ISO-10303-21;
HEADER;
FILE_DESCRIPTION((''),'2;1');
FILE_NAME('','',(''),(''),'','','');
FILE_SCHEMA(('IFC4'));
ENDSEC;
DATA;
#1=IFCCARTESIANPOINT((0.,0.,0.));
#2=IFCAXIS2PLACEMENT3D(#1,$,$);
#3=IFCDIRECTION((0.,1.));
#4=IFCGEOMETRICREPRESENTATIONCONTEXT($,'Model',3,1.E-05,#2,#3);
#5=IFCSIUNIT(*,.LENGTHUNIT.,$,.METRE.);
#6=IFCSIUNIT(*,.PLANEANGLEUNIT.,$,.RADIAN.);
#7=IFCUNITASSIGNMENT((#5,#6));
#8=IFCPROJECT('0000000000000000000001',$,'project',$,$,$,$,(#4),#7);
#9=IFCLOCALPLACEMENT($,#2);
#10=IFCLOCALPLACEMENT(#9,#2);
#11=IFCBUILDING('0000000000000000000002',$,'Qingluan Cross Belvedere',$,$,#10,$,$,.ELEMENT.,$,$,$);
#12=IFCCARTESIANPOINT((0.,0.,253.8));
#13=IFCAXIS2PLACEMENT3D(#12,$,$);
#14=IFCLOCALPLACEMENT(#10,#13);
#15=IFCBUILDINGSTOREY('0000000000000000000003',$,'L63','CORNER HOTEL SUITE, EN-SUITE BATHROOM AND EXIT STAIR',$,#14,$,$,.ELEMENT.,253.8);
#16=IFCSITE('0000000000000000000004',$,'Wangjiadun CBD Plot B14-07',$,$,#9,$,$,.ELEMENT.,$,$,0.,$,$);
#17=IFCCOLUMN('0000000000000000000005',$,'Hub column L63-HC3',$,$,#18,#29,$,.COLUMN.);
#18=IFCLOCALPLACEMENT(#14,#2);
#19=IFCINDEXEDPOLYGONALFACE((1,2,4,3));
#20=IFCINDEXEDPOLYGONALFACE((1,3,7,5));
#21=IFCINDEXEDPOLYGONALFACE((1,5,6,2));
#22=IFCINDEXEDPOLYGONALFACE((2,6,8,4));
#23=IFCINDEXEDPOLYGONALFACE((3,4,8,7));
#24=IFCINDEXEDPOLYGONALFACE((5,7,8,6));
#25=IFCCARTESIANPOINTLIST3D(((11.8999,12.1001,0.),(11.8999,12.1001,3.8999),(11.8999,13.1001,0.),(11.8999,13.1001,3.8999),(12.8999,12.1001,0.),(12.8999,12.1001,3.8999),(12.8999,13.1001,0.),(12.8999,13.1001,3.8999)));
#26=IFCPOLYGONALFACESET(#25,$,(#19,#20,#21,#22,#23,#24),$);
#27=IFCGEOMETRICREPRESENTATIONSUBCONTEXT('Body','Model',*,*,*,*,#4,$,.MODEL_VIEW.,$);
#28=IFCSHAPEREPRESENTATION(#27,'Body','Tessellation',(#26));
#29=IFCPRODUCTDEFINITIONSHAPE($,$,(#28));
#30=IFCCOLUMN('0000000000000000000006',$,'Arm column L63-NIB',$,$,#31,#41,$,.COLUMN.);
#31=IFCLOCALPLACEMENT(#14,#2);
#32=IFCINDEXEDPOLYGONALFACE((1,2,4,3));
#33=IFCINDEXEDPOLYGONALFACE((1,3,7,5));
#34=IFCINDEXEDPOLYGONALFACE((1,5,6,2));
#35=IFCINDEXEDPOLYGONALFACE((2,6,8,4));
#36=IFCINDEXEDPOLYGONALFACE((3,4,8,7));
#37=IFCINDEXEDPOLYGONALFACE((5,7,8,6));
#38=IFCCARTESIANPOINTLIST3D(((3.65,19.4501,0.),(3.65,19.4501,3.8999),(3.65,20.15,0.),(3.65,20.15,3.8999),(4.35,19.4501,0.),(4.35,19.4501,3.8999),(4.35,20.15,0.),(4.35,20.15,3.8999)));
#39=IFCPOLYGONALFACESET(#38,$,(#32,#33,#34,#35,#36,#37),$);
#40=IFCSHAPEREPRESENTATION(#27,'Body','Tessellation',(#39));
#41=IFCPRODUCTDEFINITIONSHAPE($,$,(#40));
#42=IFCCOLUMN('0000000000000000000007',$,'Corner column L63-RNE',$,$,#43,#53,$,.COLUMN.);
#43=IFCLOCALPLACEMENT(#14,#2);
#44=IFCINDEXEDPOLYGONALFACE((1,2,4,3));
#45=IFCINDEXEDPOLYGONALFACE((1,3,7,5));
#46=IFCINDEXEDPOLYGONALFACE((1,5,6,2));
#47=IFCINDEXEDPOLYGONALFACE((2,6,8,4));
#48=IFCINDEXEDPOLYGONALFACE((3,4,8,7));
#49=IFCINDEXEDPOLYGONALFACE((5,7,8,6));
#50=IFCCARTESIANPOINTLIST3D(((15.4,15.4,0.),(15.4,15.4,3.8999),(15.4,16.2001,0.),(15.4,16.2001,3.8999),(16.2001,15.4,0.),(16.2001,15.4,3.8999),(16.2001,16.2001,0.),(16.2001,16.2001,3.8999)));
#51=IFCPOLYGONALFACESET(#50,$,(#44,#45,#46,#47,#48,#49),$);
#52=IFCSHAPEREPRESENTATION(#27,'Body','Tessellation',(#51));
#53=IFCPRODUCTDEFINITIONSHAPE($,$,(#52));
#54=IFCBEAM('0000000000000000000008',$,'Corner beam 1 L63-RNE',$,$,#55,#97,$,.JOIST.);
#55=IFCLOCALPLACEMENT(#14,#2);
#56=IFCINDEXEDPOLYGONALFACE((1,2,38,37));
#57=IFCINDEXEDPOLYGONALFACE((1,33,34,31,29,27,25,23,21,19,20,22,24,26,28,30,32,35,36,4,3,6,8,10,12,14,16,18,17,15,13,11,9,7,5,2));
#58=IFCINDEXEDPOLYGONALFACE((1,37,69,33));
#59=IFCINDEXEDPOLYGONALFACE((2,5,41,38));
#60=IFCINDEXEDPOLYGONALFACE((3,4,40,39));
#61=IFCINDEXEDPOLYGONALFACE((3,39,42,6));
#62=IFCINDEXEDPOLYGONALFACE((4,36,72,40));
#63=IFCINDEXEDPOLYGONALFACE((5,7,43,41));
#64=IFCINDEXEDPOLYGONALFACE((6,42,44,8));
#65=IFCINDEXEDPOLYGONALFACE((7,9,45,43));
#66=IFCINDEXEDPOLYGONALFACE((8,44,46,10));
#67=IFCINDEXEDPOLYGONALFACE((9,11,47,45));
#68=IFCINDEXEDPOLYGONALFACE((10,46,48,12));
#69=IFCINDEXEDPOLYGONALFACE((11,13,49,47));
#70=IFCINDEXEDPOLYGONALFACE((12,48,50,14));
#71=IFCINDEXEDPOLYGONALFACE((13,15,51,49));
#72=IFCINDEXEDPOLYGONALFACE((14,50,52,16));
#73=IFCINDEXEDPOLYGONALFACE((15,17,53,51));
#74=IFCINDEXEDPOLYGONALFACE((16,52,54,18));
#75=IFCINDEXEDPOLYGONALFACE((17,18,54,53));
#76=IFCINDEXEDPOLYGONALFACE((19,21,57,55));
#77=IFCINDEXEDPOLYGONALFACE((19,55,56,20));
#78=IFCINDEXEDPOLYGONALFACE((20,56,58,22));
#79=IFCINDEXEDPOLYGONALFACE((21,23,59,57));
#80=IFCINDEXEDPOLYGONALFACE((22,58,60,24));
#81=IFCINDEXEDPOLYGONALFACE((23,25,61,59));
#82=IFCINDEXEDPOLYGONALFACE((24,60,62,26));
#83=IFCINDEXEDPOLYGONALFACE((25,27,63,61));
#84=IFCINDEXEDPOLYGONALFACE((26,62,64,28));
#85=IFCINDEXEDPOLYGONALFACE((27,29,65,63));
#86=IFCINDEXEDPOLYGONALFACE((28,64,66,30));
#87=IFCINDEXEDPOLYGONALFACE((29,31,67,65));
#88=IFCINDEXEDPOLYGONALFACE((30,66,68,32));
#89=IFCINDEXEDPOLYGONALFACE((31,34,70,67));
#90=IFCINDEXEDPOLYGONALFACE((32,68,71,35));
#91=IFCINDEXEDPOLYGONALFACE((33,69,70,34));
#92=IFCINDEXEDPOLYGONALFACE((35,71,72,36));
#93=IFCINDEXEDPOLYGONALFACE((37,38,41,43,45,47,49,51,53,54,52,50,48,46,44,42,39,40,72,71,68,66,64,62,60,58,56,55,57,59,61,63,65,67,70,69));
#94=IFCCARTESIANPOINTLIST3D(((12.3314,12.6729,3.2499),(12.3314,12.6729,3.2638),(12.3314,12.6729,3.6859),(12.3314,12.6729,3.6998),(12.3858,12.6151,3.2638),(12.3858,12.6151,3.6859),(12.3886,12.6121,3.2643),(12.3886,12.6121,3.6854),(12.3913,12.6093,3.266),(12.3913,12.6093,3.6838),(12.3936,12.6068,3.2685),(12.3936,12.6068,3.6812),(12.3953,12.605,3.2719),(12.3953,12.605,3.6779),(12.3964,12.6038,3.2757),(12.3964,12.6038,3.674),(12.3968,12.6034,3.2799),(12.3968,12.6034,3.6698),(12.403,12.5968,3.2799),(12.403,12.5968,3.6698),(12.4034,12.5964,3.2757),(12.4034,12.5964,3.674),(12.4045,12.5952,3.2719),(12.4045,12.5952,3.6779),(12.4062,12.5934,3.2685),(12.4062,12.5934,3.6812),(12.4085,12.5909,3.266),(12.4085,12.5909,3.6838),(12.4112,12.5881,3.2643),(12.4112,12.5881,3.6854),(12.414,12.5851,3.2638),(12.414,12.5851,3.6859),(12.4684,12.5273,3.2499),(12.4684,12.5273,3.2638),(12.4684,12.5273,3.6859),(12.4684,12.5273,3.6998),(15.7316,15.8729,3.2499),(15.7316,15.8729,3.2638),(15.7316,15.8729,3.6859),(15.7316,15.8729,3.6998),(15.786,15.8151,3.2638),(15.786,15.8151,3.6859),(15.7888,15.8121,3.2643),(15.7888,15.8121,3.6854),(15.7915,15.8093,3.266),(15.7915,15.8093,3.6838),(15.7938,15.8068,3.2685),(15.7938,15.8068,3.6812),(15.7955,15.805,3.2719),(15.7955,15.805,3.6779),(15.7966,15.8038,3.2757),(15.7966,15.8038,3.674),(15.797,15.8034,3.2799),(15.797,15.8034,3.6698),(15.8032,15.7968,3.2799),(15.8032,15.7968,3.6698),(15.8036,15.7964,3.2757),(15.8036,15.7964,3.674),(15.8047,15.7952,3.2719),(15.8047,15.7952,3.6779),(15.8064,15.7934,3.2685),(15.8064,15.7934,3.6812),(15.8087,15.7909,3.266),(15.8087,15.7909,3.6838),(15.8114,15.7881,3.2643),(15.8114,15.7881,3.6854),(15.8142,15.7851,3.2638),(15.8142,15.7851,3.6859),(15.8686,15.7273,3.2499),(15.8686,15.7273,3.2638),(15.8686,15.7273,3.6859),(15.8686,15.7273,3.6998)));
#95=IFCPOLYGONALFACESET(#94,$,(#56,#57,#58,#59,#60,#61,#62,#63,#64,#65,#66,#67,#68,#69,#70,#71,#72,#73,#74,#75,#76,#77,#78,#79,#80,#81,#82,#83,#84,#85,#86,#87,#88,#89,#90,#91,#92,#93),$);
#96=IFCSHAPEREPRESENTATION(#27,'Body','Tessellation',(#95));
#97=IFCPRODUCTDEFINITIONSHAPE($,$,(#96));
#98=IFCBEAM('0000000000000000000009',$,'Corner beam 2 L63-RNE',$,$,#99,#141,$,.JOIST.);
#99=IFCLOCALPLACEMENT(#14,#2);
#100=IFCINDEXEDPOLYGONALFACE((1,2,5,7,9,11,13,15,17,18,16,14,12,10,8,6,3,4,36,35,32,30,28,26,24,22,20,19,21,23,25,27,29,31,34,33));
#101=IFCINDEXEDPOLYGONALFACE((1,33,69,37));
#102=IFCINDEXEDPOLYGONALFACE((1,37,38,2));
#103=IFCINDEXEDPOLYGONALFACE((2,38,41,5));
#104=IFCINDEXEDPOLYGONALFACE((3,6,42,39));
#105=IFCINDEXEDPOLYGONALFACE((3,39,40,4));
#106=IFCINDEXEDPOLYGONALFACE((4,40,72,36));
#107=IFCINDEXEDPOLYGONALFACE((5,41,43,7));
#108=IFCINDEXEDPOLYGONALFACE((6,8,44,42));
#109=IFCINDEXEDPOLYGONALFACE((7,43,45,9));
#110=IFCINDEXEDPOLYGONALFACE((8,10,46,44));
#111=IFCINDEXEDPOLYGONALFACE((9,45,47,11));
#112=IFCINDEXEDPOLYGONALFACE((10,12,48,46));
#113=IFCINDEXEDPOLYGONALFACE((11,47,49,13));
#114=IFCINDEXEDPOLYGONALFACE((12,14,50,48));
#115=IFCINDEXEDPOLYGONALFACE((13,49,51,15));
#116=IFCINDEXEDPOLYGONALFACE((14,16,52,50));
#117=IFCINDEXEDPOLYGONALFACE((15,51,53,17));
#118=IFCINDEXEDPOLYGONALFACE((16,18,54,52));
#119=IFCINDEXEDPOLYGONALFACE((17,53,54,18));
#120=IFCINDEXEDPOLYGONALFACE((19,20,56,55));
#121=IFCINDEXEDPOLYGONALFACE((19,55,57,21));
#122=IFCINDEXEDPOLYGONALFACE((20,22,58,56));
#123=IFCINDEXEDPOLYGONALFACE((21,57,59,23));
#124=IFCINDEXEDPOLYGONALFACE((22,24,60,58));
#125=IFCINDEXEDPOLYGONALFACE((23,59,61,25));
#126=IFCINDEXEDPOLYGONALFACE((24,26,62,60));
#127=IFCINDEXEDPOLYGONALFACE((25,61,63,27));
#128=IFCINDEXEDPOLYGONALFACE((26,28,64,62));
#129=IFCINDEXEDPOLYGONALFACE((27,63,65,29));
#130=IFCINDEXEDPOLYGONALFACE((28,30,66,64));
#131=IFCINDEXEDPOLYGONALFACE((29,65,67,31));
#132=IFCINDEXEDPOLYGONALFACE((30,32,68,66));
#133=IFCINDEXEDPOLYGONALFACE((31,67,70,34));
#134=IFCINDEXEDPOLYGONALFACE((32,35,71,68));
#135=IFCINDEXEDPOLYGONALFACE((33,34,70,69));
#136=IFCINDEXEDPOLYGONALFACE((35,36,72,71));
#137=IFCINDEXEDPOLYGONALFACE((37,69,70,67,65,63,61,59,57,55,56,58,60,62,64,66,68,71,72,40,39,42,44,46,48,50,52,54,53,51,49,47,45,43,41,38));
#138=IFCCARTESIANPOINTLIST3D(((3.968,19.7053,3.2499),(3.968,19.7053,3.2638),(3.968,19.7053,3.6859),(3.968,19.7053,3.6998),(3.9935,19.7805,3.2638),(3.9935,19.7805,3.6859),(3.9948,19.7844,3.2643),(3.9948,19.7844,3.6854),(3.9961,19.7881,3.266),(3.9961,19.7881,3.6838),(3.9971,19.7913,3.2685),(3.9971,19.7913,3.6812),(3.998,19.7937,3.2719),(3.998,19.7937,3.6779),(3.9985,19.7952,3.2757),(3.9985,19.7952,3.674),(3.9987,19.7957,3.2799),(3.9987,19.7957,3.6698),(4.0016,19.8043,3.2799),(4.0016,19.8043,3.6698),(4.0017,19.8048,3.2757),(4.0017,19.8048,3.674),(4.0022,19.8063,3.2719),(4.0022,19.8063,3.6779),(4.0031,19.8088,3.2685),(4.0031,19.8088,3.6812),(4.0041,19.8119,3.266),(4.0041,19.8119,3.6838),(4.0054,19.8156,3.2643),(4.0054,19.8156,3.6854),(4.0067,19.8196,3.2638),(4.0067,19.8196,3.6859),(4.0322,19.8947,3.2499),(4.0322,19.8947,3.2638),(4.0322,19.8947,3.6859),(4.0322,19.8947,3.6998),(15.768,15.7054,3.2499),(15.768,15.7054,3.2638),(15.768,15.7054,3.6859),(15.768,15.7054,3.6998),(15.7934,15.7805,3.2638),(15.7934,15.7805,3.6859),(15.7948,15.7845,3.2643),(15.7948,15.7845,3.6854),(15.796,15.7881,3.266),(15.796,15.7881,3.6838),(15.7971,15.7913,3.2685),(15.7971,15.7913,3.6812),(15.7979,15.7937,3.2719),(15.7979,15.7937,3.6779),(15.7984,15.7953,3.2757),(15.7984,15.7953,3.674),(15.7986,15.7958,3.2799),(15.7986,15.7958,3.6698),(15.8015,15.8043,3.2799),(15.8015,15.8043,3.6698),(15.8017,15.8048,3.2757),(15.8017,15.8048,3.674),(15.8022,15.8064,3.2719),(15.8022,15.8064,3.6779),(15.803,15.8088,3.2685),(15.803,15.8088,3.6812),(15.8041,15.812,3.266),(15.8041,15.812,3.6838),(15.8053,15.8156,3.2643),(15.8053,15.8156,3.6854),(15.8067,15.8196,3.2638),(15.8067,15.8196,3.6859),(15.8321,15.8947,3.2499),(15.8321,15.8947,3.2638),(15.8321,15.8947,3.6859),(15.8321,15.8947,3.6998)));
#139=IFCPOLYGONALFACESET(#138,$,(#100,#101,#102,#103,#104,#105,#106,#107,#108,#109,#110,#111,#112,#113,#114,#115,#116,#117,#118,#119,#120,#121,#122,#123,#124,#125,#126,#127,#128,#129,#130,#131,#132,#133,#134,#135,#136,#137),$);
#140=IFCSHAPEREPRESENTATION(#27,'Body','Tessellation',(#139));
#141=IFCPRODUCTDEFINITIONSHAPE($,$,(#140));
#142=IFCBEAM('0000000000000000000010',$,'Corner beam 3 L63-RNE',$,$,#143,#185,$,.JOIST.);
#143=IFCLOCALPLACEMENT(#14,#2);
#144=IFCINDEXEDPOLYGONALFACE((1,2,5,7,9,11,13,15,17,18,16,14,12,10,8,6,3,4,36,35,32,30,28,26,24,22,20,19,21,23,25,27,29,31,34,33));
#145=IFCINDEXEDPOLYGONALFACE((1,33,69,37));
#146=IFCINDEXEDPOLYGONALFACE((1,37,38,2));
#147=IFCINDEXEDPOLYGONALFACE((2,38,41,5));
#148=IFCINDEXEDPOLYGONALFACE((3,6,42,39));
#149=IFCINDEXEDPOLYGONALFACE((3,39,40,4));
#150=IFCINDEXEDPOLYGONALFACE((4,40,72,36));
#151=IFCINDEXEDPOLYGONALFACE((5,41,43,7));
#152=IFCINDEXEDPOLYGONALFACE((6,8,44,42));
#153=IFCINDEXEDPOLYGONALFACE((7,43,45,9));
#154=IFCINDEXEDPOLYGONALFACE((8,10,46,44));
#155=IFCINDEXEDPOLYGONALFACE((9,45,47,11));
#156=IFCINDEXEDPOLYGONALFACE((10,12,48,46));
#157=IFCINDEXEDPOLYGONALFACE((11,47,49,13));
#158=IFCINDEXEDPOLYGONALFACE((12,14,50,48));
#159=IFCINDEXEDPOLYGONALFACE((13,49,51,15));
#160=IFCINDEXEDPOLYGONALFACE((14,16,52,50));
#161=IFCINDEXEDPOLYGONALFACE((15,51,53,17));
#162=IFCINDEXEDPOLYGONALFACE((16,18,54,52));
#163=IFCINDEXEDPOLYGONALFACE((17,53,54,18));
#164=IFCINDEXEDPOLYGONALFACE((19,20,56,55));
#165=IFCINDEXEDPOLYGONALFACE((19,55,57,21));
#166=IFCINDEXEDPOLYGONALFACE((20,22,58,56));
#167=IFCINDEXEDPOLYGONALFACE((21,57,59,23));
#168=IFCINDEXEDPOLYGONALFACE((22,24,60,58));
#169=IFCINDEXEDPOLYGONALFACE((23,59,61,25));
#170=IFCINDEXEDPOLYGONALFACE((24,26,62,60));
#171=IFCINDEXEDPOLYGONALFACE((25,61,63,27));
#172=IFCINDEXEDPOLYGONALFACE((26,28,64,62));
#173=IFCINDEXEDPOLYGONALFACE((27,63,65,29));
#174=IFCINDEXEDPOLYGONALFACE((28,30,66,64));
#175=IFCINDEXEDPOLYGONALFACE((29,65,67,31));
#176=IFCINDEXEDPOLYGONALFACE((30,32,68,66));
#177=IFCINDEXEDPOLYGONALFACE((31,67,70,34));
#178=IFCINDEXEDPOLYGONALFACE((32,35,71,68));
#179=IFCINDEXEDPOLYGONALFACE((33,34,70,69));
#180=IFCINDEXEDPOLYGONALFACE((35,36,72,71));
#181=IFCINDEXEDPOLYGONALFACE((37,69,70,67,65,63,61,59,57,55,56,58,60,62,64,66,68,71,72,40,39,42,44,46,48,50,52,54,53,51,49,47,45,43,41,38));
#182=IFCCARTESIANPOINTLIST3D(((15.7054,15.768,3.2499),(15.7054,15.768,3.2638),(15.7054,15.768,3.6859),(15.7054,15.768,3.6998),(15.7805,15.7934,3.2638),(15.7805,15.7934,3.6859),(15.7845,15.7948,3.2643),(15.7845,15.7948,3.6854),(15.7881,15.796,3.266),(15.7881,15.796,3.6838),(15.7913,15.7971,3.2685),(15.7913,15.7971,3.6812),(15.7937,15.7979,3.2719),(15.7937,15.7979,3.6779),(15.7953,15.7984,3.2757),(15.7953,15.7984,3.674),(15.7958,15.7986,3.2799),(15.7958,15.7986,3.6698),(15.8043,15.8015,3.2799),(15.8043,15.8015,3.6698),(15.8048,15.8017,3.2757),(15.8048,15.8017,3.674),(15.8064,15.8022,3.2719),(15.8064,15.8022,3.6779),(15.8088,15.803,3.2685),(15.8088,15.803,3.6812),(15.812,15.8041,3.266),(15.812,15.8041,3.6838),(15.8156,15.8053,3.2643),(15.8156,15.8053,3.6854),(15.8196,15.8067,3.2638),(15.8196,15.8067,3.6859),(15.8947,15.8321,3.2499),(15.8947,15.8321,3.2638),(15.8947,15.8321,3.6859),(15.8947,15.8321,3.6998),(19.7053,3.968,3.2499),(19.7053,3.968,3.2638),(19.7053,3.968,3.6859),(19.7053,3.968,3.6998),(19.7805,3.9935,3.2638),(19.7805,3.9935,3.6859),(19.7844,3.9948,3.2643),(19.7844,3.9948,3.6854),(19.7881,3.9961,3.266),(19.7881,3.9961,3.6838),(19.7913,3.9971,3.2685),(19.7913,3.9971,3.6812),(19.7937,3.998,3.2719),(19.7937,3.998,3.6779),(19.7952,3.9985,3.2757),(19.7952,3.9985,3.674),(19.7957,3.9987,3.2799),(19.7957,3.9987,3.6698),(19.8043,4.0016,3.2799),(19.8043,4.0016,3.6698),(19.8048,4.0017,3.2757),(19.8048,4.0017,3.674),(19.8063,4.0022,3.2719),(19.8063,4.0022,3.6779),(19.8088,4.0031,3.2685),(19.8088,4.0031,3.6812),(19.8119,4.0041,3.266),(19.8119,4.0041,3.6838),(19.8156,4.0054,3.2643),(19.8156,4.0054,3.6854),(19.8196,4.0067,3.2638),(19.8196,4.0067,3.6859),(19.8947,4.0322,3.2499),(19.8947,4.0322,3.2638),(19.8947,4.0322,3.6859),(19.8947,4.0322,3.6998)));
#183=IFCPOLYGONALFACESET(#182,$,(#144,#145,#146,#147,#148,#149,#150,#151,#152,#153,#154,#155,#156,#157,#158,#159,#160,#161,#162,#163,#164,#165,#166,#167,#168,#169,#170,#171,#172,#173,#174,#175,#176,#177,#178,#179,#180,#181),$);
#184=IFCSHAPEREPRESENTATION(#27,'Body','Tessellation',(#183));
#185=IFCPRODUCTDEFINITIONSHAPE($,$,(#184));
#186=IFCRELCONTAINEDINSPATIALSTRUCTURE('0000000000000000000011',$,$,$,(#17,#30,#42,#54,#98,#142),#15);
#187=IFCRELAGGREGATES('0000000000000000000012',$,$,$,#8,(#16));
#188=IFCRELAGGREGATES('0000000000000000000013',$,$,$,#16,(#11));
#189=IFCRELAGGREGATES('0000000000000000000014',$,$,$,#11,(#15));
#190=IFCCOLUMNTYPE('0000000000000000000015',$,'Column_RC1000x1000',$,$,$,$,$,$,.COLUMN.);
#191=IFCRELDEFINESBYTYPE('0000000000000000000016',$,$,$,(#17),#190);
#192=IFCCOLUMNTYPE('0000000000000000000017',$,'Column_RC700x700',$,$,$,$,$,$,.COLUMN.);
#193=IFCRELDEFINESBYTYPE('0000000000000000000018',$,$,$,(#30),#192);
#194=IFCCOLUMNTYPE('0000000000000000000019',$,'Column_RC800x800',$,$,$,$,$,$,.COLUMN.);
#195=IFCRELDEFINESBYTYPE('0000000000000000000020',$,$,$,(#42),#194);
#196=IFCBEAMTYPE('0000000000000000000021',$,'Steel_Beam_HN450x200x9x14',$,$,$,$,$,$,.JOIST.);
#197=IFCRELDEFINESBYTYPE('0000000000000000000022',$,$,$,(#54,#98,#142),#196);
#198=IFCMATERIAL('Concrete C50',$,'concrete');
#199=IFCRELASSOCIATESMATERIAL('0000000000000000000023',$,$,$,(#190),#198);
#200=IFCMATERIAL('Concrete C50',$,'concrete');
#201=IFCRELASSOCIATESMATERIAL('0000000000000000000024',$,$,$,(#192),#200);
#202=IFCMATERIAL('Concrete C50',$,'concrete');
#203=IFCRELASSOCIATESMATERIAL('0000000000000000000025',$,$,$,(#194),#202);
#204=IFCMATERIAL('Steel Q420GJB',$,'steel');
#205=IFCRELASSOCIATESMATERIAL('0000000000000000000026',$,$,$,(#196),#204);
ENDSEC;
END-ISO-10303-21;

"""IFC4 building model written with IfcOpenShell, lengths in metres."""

from ifc_helpers import new_model, si_unit, direction, frame, origin, origin_2d, place, context, subcontext, project, spatial, rectangle, i_section, extrude, material, material_profile, profile_set, type_object, element, save


model = new_model("IFC4")

# Units and contexts
model_context = context("Model", 3, precision=1e-05, world=origin(), true_north=direction((0.0, 1.0)))
body_context = subcontext(model_context, "Body", "Model", "MODEL_VIEW")
ifc_project = project(units=[si_unit("LENGTHUNIT", "METRE"), si_unit("PLANEANGLEUNIT", "RADIAN")], contexts=[model_context])

# Site, building, storey
site_placement = place(None, origin())
site = spatial("IfcSite", under=ifc_project, at=site_placement, Name="Wangjiadun CBD Plot B14-07", CompositionType="ELEMENT", RefElevation=0.0)
building_placement = place(site_placement, origin())
building = spatial("IfcBuilding", under=site, at=building_placement, Name="Qingluan Cross Belvedere", CompositionType="ELEMENT")
storey_placement = place(building_placement, frame((0.0, 0.0, 253.8)))
storey = spatial("IfcBuildingStorey", under=building, at=storey_placement, Name="L63", Description="CORNER HOTEL SUITE, EN-SUITE BATHROOM AND EXIT STAIR", CompositionType="ELEMENT", Elevation=253.8)

# Columns
ifc_material_1 = material(Name="Concrete C50", Category="concrete")
ifc_material_profile_1 = material_profile(ifc_material_1, rectangle(XDim=1.0, YDim=1.0, at=origin_2d()), Name="RC1000x1000")
ifc_profile_set_1 = profile_set([ifc_material_profile_1], Name="Concrete C50")
column_type_1 = type_object("IfcColumnType", Name="Column_RC1000x1000", PredefinedType="COLUMN", material=ifc_profile_set_1)
column_1_placement = place(storey_placement, frame((12.3999, 12.6001, 0.0), z_axis=(0.0, 0.0, 1.0), x_axis=(1.0, 0.0, 0.0)))
element("IfcColumn", 1, at=column_1_placement, inside=storey, type_object=column_type_1, Name="Hub column L63-HC3", PredefinedType="COLUMN", context=body_context, shape_type="SweptSolid", body=[
    extrude(rectangle(XDim=1.0, YDim=1.0, at=origin_2d()), origin(), (0.0, 0.0, 1.0), 3.8999),
])
ifc_material_2 = material(Name="Concrete C50", Category="concrete")
ifc_material_profile_2 = material_profile(ifc_material_2, rectangle(XDim=0.7, YDim=0.7, at=origin_2d()), Name="RC700x700")
ifc_profile_set_2 = profile_set([ifc_material_profile_2], Name="Concrete C50")
column_type_2 = type_object("IfcColumnType", Name="Column_RC700x700", PredefinedType="COLUMN", material=ifc_profile_set_2)
column_2_placement = place(storey_placement, frame((4.0, 19.8, 0.0), z_axis=(0.0, 0.0, 1.0), x_axis=(1.0, 0.0, 0.0)))
element("IfcColumn", 2, at=column_2_placement, inside=storey, type_object=column_type_2, Name="Arm column L63-NIB", PredefinedType="COLUMN", context=body_context, shape_type="SweptSolid", body=[
    extrude(rectangle(XDim=0.7, YDim=0.7, at=origin_2d()), origin(), (0.0, 0.0, 1.0), 3.8999),
])
ifc_material_3 = material(Name="Concrete C50", Category="concrete")
ifc_material_profile_3 = material_profile(ifc_material_3, rectangle(XDim=0.8, YDim=0.8, at=origin_2d()), Name="RC800x800")
ifc_profile_set_3 = profile_set([ifc_material_profile_3], Name="Concrete C50")
column_type_3 = type_object("IfcColumnType", Name="Column_RC800x800", PredefinedType="COLUMN", material=ifc_profile_set_3)
column_3_placement = place(storey_placement, frame((15.8, 15.8, 0.0), z_axis=(0.0, 0.0, 1.0), x_axis=(1.0, 0.0, 0.0)))
element("IfcColumn", 3, at=column_3_placement, inside=storey, type_object=column_type_3, Name="Corner column L63-RNE", PredefinedType="COLUMN", context=body_context, shape_type="SweptSolid", body=[
    extrude(rectangle(XDim=0.8, YDim=0.8, at=origin_2d()), origin(), (0.0, 0.0, 1.0), 3.8999),
])

# Beams
ifc_material_4 = material(Name="Steel Q420GJB", Category="steel")
ifc_material_profile_4 = material_profile(ifc_material_4, i_section(OverallWidth=0.2, OverallDepth=0.45, WebThickness=0.009, FlangeThickness=0.0139, FilletRadius=0.0161, at=origin_2d()), Name="HN450x200x9x14")
ifc_profile_set_4 = profile_set([ifc_material_profile_4], Name="Steel Q420GJB")
beam_type = type_object("IfcBeamType", Name="Steel_Beam_HN450x200x9x14", PredefinedType="JOIST", material=ifc_profile_set_4)
beam_1_placement = place(storey_placement, frame((12.3999, 12.6001, 3.4749), z_axis=(0.72822, 0.685343, 0.0), x_axis=(-0.685343, 0.72822, 0.0)))
element("IfcBeam", 4, at=beam_1_placement, inside=storey, type_object=beam_type, Name="Corner beam 1 L63-RNE", PredefinedType="JOIST", context=body_context, shape_type="SweptSolid", body=[
    extrude(i_section(OverallWidth=0.2, OverallDepth=0.45, WebThickness=0.009, FlangeThickness=0.0139, FilletRadius=0.0161, at=origin_2d()), origin(), (0.0, 0.0, 1.0), 4.6692),
])
for number, where, z_axis, x_axis, name in (
    (5, (15.8, 15.8, 3.4749), (-0.947066, 0.321038, 0.0), (-0.321038, -0.947066, 0.0), "Corner beam 2 L63-RNE"),
    (6, (15.8, 15.8, 3.4749), (0.321038, -0.947066, 0.0), (0.947066, 0.321038, 0.0), "Corner beam 3 L63-RNE"),
):
    element("IfcBeam", number, at=place(storey_placement, frame(where, z_axis=z_axis, x_axis=x_axis)), inside=storey, type_object=beam_type, Name=name, PredefinedType="JOIST", context=body_context, shape_type="SweptSolid", body=[
        extrude(i_section(OverallWidth=0.2, OverallDepth=0.45, WebThickness=0.009, FlangeThickness=0.0139, FilletRadius=0.0161, at=origin_2d()), origin(), (0.0, 0.0, 1.0), 12.4595),
    ])

save(model, "model.ifc")
